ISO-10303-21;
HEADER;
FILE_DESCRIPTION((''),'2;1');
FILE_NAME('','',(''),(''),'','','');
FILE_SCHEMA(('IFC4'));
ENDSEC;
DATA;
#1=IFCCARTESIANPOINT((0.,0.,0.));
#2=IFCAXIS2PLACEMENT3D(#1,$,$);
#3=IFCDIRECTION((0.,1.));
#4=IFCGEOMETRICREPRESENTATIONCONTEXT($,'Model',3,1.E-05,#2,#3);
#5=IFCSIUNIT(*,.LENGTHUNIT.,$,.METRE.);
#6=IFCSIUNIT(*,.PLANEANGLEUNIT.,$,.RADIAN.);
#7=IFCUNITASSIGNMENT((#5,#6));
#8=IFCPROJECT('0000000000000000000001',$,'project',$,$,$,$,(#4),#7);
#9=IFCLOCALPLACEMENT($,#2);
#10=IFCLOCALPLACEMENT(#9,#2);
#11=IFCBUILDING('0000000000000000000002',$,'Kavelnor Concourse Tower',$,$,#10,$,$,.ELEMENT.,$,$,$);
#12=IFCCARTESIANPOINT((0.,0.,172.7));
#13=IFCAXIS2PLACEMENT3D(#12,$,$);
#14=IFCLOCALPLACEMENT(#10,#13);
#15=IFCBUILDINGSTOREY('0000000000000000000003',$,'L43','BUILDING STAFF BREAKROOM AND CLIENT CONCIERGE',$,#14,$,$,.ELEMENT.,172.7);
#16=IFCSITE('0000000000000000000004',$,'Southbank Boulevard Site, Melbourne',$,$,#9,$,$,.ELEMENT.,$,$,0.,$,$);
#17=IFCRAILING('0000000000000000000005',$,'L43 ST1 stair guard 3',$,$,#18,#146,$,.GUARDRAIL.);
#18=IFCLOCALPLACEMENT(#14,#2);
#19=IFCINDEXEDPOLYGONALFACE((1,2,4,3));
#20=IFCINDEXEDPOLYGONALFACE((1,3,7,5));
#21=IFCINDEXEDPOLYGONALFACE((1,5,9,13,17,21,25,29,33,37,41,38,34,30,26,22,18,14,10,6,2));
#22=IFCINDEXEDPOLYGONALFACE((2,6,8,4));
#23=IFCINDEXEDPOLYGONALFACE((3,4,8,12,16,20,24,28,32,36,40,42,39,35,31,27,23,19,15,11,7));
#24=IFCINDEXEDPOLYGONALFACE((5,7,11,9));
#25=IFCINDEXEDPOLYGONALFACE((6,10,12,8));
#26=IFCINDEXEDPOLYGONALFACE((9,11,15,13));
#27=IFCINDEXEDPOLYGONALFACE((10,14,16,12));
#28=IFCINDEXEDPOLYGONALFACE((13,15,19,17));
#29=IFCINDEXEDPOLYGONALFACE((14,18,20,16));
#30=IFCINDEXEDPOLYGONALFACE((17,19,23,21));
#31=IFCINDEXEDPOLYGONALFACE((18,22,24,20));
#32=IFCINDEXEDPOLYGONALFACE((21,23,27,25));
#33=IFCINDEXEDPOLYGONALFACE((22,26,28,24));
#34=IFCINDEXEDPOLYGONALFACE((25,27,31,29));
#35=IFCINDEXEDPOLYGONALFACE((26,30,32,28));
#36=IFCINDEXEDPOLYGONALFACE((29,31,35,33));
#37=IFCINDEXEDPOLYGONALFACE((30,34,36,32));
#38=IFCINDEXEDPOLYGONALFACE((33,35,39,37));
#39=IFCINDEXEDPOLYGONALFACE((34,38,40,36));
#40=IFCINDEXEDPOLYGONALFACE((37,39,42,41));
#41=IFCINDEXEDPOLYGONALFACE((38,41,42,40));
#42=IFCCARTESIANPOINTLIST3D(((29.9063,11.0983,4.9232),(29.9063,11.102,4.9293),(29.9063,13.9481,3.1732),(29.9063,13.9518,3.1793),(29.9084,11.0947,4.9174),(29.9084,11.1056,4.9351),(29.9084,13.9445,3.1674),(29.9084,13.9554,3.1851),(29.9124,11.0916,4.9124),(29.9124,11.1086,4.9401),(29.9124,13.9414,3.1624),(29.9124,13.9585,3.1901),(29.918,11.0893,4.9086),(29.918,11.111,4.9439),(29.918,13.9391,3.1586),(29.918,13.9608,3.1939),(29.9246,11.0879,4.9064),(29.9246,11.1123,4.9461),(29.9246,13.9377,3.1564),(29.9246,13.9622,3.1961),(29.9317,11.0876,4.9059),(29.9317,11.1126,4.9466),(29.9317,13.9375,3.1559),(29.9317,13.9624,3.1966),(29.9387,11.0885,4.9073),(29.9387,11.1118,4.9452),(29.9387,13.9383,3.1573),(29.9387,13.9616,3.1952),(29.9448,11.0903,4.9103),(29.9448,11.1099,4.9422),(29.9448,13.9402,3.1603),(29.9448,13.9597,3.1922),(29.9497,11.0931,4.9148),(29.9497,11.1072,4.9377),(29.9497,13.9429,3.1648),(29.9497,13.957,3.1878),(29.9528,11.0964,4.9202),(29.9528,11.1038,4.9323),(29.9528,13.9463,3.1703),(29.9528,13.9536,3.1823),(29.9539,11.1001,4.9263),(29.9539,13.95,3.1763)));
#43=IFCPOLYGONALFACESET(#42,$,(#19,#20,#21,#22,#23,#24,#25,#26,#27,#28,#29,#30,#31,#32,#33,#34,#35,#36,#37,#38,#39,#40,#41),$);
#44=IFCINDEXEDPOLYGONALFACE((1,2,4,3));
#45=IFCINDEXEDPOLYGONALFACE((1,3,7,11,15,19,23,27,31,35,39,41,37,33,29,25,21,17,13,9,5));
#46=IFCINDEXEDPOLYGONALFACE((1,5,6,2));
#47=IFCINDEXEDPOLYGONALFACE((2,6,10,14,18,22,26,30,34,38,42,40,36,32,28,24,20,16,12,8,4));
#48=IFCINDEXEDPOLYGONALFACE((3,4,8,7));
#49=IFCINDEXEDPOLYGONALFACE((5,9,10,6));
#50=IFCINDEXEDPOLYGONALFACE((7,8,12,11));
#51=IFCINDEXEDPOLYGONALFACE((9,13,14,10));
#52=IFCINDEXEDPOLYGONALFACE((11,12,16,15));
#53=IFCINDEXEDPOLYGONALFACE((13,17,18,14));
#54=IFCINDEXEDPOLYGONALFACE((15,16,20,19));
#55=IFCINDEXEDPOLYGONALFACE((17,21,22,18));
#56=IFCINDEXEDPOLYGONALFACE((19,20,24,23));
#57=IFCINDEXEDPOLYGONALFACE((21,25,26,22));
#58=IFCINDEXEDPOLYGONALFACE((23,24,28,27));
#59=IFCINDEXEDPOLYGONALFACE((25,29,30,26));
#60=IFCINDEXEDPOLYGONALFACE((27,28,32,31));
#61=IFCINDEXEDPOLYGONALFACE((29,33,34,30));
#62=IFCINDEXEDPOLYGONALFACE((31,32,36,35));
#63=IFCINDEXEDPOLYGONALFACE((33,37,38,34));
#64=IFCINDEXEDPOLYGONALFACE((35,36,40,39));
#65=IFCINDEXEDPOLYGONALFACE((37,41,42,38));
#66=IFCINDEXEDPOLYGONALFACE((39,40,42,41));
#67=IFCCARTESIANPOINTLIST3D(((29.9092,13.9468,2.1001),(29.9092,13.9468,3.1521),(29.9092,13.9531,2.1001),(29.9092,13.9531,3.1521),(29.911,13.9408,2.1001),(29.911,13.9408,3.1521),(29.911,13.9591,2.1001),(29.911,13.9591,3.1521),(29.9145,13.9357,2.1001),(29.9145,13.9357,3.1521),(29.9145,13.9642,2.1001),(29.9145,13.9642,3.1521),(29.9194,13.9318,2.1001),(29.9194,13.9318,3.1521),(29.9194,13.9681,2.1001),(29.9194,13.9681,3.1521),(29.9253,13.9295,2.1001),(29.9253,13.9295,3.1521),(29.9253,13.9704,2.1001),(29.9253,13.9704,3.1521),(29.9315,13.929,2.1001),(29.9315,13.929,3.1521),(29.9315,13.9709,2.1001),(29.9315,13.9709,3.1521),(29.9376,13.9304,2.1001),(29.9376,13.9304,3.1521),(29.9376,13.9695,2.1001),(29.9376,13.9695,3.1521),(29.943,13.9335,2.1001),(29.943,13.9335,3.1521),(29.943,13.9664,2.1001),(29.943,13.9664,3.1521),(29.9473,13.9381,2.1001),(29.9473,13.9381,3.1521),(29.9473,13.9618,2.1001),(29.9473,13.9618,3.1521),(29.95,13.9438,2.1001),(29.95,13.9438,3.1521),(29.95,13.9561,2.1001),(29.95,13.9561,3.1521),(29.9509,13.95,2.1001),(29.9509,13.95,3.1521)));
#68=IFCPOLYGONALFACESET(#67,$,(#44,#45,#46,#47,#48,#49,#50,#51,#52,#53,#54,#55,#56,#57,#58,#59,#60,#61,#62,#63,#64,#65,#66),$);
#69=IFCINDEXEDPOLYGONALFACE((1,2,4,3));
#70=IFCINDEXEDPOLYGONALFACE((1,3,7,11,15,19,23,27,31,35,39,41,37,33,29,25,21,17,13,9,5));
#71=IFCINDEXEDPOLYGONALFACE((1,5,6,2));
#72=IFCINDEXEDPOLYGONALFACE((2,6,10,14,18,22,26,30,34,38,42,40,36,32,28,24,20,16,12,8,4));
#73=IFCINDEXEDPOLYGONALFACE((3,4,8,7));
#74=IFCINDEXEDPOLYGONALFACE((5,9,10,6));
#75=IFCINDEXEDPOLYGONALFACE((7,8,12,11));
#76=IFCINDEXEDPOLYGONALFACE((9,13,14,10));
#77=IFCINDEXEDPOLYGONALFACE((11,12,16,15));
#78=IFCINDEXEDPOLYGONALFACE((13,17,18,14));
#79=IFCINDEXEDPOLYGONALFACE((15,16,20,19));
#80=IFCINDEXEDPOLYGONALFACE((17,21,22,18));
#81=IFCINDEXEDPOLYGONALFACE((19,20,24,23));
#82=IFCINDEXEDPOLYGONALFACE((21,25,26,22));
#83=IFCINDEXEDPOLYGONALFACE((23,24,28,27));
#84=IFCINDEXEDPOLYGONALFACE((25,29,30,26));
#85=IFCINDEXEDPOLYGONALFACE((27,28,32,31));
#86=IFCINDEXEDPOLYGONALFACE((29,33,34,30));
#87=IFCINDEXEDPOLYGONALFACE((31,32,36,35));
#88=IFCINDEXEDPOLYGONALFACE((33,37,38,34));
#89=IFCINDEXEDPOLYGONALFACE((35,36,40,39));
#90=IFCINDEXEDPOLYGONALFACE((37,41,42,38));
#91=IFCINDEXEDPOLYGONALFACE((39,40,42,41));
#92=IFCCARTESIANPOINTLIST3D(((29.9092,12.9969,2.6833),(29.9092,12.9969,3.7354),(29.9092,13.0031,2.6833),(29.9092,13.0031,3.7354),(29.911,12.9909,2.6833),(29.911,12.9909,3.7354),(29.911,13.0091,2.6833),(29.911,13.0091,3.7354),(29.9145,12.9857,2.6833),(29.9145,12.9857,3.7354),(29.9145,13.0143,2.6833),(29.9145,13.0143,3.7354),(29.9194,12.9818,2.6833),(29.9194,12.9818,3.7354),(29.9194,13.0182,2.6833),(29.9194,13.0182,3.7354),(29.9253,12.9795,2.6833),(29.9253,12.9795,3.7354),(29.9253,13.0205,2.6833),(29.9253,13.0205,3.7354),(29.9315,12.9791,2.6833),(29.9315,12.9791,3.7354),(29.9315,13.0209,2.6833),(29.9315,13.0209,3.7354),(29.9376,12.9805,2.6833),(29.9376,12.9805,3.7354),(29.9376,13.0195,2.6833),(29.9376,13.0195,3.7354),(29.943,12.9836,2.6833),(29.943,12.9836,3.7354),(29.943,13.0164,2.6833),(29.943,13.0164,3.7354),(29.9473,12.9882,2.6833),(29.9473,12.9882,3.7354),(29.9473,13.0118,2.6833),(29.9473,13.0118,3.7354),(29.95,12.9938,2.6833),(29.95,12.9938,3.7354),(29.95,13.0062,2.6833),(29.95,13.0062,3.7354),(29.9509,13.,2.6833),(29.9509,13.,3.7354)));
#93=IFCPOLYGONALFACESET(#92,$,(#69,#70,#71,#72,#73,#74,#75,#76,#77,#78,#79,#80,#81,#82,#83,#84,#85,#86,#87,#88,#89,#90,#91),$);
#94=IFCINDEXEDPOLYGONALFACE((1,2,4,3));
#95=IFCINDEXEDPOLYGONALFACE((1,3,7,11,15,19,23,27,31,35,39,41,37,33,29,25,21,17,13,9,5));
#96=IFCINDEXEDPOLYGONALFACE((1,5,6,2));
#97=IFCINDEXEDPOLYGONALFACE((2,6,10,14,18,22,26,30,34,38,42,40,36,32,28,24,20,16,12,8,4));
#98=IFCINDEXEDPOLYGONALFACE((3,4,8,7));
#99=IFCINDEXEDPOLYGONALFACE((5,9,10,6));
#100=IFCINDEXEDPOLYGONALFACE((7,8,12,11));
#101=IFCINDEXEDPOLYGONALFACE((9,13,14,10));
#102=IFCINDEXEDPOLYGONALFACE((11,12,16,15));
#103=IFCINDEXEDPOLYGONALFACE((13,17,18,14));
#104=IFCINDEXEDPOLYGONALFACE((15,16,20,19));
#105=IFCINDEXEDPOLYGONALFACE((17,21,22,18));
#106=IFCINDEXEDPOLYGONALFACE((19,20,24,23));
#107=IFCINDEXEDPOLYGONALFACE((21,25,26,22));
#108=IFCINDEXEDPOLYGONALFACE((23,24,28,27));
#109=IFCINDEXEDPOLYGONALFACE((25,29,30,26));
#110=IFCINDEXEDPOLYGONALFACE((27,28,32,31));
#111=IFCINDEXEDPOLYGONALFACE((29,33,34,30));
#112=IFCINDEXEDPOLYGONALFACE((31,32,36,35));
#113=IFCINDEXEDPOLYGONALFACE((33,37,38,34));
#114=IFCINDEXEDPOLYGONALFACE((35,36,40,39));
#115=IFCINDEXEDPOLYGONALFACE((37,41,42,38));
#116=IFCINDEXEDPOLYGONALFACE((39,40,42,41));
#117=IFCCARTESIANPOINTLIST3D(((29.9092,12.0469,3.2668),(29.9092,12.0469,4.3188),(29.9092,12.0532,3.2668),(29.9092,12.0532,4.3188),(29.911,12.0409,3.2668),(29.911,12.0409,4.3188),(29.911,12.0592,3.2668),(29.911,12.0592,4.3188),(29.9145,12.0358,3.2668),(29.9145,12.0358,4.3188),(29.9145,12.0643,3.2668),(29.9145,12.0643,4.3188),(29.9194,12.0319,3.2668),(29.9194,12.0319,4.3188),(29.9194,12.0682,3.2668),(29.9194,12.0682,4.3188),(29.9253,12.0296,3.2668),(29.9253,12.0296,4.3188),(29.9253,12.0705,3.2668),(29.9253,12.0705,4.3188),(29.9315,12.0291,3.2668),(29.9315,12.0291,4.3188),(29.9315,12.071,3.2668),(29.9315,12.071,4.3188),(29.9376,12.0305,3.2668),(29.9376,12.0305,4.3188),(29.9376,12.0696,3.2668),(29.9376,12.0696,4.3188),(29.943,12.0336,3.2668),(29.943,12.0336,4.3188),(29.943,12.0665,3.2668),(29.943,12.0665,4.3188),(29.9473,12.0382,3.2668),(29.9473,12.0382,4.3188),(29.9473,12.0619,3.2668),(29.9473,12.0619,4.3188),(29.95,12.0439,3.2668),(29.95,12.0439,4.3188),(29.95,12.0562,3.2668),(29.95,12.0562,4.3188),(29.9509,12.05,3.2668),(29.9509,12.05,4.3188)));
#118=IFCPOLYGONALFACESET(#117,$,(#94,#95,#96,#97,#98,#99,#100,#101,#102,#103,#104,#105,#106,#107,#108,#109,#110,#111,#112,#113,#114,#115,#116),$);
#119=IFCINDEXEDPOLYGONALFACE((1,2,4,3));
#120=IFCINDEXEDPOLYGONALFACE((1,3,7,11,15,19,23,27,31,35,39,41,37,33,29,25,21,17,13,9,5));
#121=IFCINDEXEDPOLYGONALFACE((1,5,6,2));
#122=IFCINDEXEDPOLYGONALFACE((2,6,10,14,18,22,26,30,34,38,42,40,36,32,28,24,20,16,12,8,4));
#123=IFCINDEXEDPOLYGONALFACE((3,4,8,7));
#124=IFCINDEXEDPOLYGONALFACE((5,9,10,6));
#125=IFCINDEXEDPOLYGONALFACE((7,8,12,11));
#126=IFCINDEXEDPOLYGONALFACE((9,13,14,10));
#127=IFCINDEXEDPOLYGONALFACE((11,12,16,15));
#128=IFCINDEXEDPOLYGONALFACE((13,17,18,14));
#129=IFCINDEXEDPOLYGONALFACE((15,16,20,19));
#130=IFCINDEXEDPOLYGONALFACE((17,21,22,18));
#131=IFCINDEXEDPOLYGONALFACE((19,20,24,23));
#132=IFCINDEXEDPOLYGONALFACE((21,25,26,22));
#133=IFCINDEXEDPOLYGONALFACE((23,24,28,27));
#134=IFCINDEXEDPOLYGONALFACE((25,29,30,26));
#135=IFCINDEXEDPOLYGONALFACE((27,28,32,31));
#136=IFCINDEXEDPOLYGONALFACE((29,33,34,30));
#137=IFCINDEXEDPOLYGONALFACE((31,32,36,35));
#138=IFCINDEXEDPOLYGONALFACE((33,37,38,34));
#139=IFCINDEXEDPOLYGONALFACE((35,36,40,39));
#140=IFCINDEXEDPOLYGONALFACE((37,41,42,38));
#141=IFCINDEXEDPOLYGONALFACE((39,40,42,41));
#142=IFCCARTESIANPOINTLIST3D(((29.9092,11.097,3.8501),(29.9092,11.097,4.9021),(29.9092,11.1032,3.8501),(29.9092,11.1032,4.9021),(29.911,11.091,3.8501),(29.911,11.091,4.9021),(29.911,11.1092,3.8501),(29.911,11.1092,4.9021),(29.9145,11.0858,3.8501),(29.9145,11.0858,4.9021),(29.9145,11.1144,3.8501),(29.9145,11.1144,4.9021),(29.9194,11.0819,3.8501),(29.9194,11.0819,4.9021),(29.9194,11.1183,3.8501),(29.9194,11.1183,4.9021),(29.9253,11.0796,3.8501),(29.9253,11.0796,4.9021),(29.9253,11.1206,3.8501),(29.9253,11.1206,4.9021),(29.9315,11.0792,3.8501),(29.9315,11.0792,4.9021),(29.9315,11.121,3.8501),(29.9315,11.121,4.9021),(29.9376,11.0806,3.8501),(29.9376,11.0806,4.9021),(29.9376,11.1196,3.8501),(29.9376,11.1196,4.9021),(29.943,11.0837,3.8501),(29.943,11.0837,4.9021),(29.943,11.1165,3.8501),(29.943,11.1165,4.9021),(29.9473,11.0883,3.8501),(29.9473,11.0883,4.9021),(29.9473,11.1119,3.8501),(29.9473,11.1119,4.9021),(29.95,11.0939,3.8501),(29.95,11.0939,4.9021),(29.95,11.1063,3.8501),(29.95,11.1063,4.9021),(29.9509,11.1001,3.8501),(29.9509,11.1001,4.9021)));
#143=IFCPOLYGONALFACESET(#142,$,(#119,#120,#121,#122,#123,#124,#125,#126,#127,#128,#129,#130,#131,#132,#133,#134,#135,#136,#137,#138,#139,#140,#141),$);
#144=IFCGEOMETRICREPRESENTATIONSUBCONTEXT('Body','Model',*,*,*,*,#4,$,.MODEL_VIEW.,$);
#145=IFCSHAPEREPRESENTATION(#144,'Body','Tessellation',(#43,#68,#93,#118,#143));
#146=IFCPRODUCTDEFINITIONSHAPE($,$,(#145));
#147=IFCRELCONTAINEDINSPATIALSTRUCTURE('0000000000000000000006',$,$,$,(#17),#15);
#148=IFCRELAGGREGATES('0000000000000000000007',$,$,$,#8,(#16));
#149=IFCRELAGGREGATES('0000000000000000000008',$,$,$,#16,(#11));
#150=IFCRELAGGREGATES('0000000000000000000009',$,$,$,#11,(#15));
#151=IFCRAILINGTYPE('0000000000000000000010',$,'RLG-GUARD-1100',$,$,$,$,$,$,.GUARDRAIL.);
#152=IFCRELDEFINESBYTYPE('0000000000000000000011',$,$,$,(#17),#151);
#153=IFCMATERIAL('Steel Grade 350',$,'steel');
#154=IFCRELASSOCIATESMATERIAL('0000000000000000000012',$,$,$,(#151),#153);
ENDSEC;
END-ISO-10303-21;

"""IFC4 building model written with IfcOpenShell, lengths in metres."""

from ifc_helpers import new_model, si_unit, direction, frame, origin, origin_2d, place, context, subcontext, project, spatial, circle, extrude, material, type_object, element, save


model = new_model("IFC4")

# Units and contexts
model_context = context("Model", 3, precision=1e-05, world=origin(), true_north=direction((0.0, 1.0)))
body_context = subcontext(model_context, "Body", "Model", "MODEL_VIEW")
ifc_project = project(units=[si_unit("LENGTHUNIT", "METRE"), si_unit("PLANEANGLEUNIT", "RADIAN")], contexts=[model_context])

# Site, building, storey
site_placement = place(None, origin())
site = spatial("IfcSite", under=ifc_project, at=site_placement, Name="Southbank Boulevard Site, Melbourne", CompositionType="ELEMENT", RefElevation=0.0)
building_placement = place(site_placement, origin())
building = spatial("IfcBuilding", under=site, at=building_placement, Name="Kavelnor Concourse Tower", CompositionType="ELEMENT")
storey_placement = place(building_placement, frame((0.0, 0.0, 172.7)))
storey = spatial("IfcBuildingStorey", under=building, at=storey_placement, Name="L43", Description="BUILDING STAFF BREAKROOM AND CLIENT CONCIERGE", CompositionType="ELEMENT", Elevation=172.7)

# Shared definitions
ifc_material_1 = material(Name="Steel Grade 350", Category="steel")

# Railing
railing_type_1 = type_object("IfcRailingType", Name="RLG-GUARD-1100", PredefinedType="GUARDRAIL", material=ifc_material_1)
railing_1_placement = place(storey_placement, frame((29.9299, 13.95, 2.1001)))
element("IfcRailing", 1, at=railing_1_placement, inside=storey, type_object=railing_type_1, Name="L43 ST1 stair guard 3", PredefinedType="GUARDRAIL", context=body_context, shape_type="SweptSolid", body=[
    extrude(circle(Radius=0.0239, at=origin_2d()), frame((0.0, 0.0, 1.0762), z_axis=(0.0, -0.852159, 0.523283), x_axis=(1.0, 0.0, 0.0)), (0.0, 0.0, 1.0), 3.3442),
    extrude(circle(Radius=0.021, at=origin_2d()), origin(), (0.0, 0.0, 1.0), 1.052),
    extrude(circle(Radius=0.021, at=origin_2d()), frame((0.0, -0.95, 0.5833)), (0.0, 0.0, 1.0), 1.052),
    extrude(circle(Radius=0.021, at=origin_2d()), frame((0.0, -1.8999, 1.1667)), (0.0, 0.0, 1.0), 1.052),
    extrude(circle(Radius=0.021, at=origin_2d()), frame((0.0, -2.8499, 1.75)), (0.0, 0.0, 1.0), 1.052),
])

save(model, "model.ifc")
